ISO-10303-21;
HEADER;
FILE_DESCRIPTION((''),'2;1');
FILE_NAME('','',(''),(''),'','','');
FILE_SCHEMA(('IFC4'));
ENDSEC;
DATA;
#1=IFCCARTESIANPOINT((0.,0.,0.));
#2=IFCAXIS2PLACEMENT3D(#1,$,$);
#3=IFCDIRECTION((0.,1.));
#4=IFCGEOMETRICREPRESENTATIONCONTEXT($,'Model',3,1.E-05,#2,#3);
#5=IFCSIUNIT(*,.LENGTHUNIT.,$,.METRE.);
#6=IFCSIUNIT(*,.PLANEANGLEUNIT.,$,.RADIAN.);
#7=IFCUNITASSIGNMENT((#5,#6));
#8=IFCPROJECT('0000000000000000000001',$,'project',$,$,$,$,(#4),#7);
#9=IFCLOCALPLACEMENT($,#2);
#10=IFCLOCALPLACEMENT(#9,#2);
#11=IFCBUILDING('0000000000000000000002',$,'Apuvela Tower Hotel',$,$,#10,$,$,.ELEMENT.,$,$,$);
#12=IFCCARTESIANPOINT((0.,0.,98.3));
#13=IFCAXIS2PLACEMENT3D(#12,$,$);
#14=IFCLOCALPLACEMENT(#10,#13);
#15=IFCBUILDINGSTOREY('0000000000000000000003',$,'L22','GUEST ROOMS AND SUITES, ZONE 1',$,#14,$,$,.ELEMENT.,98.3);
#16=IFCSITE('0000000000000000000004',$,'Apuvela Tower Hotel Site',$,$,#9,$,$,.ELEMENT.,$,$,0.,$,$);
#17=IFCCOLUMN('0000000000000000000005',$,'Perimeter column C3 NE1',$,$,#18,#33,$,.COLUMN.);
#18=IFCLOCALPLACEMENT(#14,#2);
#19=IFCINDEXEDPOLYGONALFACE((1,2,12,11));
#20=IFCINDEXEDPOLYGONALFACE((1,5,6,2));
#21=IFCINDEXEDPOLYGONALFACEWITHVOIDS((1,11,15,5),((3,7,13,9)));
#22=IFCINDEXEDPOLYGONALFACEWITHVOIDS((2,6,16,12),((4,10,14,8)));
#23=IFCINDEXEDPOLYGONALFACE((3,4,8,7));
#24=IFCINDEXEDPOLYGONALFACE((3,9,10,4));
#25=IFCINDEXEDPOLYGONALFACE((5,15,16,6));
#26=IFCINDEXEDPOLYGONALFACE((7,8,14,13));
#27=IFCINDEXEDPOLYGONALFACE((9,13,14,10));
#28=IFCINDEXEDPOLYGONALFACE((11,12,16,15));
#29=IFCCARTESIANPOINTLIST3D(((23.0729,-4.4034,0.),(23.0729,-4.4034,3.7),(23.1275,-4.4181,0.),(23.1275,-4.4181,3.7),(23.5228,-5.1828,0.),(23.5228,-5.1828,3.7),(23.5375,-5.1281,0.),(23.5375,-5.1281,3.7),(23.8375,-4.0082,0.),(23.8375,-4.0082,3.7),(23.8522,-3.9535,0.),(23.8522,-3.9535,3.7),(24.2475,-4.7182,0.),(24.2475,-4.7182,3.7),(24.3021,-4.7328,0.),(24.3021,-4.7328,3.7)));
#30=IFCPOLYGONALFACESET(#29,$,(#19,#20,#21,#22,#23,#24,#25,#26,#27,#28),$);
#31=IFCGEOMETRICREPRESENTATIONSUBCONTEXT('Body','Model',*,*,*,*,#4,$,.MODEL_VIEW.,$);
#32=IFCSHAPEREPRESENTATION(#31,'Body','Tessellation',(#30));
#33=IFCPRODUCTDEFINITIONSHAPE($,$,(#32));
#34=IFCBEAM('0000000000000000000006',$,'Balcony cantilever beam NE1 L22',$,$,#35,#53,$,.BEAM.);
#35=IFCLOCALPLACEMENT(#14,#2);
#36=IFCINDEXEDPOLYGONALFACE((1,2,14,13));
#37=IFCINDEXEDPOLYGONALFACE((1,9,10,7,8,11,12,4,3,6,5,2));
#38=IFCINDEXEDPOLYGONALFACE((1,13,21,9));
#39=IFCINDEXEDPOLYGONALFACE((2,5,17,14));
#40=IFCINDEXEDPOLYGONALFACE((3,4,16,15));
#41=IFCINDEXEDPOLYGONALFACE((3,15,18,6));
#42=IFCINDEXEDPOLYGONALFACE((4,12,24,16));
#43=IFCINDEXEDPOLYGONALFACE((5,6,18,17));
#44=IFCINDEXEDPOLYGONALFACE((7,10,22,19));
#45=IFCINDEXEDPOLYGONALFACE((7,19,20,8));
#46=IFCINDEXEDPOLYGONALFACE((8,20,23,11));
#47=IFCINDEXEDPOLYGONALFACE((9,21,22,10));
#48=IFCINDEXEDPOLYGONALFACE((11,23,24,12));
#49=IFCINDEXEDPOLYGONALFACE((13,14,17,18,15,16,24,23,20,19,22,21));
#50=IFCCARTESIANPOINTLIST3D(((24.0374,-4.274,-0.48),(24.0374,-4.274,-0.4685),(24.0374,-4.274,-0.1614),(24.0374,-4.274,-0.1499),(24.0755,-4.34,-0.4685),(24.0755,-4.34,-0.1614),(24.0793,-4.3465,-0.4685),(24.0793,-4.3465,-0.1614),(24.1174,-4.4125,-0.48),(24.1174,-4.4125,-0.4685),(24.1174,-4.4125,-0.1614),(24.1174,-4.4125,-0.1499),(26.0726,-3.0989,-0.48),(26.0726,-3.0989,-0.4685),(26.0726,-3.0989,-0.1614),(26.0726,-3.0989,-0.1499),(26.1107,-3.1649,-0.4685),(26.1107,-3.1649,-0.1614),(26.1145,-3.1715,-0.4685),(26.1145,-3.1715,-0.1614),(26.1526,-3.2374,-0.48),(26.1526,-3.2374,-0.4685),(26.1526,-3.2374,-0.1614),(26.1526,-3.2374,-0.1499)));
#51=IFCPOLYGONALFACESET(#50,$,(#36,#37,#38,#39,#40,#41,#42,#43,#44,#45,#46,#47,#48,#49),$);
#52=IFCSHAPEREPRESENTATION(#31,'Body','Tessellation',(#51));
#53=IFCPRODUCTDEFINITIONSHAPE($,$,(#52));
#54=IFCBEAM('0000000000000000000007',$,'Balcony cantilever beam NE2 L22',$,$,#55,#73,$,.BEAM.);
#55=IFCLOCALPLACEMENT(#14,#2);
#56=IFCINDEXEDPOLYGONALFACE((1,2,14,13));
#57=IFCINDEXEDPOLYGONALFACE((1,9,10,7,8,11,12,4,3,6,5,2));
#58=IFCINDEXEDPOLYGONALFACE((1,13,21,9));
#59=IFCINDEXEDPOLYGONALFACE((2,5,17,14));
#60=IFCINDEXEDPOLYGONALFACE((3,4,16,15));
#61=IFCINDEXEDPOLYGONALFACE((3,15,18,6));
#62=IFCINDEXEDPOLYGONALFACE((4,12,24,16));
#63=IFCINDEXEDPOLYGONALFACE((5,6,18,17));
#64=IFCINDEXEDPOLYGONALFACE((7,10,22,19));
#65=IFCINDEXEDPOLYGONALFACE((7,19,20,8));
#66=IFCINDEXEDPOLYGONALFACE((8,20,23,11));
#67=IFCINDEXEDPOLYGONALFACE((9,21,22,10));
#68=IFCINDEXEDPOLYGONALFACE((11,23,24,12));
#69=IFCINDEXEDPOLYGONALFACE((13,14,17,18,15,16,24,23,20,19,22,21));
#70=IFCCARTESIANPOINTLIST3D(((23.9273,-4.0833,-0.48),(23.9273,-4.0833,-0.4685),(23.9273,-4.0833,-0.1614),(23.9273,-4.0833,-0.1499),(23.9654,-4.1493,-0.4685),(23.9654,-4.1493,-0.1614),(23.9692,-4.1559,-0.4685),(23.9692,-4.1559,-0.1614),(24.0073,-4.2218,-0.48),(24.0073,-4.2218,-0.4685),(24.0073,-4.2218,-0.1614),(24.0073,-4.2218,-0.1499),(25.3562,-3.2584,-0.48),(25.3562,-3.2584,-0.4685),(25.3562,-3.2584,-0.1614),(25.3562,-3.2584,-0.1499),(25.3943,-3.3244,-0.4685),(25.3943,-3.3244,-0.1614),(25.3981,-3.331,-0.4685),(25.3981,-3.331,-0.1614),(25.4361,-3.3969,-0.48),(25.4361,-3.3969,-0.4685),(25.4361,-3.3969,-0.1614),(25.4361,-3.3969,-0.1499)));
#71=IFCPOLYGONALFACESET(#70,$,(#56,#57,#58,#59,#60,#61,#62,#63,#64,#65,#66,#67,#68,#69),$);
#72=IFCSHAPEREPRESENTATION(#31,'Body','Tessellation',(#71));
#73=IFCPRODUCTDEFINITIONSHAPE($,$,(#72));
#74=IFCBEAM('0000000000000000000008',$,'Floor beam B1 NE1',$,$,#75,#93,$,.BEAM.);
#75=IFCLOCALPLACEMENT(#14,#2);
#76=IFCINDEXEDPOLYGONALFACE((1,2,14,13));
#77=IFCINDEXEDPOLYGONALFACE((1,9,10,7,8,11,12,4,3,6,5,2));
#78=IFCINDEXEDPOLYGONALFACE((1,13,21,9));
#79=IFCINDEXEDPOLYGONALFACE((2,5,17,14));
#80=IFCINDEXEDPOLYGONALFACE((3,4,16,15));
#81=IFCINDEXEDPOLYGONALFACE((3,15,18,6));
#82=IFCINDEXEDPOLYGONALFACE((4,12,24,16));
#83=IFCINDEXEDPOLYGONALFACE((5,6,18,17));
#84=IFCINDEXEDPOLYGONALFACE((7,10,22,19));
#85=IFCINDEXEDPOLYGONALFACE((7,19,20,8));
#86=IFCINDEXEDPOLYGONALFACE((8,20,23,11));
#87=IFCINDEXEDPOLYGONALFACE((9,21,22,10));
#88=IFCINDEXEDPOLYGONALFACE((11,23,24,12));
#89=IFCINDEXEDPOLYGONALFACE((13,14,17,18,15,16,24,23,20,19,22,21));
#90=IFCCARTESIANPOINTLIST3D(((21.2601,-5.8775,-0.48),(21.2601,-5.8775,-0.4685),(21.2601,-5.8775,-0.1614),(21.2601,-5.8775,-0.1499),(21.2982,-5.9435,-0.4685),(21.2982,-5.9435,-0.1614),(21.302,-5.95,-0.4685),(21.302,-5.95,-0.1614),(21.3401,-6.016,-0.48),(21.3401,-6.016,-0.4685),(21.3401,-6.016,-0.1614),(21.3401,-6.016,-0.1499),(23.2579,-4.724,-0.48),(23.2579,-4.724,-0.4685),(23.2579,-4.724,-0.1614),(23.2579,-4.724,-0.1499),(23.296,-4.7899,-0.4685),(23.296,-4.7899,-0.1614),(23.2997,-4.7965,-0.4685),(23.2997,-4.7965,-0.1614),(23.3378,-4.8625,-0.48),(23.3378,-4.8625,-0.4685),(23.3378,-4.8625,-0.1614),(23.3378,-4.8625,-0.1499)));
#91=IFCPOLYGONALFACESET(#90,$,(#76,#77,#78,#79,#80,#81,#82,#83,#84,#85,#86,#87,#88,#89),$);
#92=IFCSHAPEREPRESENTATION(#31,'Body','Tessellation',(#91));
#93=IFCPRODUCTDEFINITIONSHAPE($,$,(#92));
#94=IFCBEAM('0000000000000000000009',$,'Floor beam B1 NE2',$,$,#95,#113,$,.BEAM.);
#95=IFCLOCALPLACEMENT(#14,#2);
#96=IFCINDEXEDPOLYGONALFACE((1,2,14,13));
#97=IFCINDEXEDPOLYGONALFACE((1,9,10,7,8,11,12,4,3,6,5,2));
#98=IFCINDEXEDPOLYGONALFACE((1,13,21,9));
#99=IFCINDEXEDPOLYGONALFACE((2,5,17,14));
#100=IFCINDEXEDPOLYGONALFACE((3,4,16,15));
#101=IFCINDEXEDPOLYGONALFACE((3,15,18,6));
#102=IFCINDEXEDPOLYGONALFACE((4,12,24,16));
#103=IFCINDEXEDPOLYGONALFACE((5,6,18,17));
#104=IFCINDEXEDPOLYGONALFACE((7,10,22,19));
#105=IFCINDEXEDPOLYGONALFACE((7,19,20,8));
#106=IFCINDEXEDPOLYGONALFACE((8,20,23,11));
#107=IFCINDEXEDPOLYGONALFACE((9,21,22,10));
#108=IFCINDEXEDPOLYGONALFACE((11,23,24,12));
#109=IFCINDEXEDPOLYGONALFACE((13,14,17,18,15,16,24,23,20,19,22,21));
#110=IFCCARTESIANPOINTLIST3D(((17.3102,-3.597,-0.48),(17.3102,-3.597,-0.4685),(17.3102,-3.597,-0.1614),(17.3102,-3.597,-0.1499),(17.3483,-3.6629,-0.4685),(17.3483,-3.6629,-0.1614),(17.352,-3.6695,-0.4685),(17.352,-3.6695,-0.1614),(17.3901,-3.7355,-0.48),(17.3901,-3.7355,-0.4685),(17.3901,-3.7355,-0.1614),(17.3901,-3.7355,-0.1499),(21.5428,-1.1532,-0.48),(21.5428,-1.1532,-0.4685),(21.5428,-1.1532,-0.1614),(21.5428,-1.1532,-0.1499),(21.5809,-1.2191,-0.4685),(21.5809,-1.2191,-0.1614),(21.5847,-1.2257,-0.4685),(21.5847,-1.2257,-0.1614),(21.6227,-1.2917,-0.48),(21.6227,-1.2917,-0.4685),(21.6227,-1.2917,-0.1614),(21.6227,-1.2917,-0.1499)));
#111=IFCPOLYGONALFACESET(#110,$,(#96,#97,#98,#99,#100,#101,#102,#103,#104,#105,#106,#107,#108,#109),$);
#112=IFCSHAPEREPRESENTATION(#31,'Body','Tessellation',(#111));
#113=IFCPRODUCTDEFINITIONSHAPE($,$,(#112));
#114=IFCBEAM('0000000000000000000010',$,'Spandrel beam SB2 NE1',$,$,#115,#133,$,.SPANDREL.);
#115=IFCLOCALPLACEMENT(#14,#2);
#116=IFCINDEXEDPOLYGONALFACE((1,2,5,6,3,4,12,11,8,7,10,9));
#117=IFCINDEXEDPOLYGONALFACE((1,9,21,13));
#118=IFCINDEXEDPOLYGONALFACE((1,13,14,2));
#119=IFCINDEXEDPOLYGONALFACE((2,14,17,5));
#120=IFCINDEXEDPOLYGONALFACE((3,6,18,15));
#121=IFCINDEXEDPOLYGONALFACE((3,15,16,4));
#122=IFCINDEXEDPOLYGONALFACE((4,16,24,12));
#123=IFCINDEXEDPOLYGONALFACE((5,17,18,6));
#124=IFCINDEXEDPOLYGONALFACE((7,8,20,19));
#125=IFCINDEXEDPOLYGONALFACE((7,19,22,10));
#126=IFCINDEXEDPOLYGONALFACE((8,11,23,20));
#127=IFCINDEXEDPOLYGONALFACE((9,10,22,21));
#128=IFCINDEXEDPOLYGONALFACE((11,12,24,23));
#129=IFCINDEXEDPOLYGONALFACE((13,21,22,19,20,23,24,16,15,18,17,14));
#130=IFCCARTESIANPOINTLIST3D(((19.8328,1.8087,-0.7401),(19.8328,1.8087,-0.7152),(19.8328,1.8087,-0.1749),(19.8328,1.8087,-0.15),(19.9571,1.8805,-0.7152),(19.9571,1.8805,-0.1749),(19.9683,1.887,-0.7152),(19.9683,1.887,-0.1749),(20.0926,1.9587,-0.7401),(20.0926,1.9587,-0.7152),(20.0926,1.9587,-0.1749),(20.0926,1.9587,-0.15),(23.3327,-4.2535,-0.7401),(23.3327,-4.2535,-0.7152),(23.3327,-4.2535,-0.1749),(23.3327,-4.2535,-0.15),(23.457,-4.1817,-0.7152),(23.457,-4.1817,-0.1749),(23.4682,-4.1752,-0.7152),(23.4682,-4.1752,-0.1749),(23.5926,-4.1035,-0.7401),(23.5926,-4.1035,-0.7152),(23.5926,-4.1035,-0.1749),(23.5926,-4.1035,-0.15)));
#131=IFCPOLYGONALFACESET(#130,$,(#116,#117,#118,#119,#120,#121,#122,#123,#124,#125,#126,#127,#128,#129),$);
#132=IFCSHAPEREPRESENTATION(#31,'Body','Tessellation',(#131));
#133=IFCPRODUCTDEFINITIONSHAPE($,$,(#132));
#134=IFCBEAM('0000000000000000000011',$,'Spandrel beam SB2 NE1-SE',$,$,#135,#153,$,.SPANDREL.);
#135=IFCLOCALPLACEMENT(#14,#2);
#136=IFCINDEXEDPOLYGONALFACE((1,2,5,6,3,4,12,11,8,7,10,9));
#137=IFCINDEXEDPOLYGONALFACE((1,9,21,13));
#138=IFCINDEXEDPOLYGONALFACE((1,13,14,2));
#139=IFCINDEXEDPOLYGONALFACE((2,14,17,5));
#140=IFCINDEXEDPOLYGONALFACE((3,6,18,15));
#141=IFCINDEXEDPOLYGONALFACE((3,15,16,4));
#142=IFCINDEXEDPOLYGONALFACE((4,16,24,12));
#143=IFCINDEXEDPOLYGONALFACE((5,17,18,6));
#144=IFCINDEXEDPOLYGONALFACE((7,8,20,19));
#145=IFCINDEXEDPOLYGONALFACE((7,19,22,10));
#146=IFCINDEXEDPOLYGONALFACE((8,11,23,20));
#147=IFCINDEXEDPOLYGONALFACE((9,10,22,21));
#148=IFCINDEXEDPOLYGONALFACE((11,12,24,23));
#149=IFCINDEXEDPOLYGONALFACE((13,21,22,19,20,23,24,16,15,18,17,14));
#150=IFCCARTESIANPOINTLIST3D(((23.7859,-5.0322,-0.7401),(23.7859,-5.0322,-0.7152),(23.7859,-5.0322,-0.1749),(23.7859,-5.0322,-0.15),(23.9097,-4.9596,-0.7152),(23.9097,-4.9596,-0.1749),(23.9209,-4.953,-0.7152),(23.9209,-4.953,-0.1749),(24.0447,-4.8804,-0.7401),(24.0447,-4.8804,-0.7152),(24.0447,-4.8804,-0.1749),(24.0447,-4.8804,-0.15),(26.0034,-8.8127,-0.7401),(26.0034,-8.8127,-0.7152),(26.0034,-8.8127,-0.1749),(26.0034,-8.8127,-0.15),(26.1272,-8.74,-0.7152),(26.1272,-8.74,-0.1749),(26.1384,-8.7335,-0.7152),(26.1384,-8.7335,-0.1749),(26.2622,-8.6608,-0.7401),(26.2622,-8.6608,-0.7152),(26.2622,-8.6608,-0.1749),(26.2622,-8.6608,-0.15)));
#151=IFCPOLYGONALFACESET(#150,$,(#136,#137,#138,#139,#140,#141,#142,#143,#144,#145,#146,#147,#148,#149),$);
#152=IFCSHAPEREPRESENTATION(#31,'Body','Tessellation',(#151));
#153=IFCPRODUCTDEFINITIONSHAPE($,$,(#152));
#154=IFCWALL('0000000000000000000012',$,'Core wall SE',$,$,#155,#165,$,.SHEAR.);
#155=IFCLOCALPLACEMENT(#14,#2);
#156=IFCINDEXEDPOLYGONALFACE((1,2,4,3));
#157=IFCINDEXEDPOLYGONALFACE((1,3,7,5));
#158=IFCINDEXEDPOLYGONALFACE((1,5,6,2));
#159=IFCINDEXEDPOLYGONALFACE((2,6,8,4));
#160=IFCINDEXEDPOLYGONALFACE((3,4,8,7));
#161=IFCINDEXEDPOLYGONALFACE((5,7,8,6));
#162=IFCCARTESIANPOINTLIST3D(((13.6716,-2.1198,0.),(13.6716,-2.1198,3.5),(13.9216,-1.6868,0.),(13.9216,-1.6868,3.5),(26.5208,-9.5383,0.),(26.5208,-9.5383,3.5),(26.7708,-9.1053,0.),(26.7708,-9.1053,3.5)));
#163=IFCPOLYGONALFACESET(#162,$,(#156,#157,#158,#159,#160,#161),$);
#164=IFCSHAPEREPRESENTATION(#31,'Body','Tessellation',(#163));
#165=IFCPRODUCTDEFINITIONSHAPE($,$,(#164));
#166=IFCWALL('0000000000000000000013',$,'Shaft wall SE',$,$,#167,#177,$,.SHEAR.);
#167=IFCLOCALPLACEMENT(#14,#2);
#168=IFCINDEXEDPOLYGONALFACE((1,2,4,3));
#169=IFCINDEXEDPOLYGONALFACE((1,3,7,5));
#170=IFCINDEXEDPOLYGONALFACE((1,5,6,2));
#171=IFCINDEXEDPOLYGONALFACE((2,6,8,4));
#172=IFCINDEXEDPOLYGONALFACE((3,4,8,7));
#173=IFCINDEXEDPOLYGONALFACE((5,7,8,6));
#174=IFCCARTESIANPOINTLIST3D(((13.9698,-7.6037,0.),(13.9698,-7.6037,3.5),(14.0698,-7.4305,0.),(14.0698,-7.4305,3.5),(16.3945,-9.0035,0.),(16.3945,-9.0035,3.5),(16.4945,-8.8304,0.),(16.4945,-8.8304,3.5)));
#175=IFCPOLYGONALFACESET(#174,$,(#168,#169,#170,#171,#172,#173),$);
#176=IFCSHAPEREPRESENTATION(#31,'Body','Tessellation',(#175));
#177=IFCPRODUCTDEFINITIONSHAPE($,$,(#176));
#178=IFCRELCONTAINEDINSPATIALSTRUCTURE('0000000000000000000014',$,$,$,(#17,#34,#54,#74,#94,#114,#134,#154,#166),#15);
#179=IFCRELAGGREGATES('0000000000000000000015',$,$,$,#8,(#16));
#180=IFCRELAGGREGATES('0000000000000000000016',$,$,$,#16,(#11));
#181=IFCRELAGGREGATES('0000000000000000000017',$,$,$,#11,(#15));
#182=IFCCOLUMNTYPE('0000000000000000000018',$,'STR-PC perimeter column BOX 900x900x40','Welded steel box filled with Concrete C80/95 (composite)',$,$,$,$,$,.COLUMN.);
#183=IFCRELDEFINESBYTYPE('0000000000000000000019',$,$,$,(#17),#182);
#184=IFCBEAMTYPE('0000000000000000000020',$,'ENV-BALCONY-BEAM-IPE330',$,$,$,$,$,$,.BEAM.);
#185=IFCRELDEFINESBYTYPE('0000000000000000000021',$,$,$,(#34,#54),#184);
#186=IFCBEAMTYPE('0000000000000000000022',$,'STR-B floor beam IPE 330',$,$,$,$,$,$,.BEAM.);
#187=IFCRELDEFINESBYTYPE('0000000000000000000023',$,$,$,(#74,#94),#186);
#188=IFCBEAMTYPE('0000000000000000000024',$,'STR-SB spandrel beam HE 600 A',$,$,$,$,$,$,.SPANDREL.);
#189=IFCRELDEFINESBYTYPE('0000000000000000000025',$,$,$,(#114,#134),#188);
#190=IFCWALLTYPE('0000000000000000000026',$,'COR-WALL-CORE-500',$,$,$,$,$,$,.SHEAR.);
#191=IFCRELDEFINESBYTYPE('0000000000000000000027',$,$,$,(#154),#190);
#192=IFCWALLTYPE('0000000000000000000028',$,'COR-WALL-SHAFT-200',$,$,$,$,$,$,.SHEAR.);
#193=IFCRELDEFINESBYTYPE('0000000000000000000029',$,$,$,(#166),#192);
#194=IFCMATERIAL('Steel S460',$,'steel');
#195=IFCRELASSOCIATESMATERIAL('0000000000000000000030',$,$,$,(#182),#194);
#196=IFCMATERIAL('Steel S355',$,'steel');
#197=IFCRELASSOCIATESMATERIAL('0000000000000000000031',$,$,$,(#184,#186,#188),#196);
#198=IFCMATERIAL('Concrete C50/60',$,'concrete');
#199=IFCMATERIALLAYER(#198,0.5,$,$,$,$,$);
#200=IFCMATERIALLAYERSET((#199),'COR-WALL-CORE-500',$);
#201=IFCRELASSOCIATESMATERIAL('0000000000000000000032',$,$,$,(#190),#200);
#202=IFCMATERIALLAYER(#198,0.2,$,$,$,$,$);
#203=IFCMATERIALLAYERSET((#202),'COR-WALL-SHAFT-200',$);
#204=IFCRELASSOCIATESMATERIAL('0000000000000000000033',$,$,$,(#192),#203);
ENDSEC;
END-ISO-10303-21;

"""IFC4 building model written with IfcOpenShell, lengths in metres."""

from ifc_helpers import new_model, si_unit, direction, frame, frame_2d, origin, origin_2d, place, context, subcontext, project, spatial, rectangle, hollow_rectangle, i_section, extrude, material, layer, layer_set, material_profile, profile_set, type_object, element, save


model = new_model("IFC4")

# Units and contexts
model_context = context("Model", 3, precision=1e-05, world=origin(), true_north=direction((0.0, 1.0)))
body_context = subcontext(model_context, "Body", "Model", "MODEL_VIEW")
ifc_project = project(units=[si_unit("LENGTHUNIT", "METRE"), si_unit("PLANEANGLEUNIT", "RADIAN")], contexts=[model_context])

# Site, building, storey
site_placement = place(None, origin())
site = spatial("IfcSite", under=ifc_project, at=site_placement, Name="Apuvela Tower Hotel Site", CompositionType="ELEMENT", RefElevation=0.0)
building_placement = place(site_placement, origin())
building = spatial("IfcBuilding", under=site, at=building_placement, Name="Apuvela Tower Hotel", CompositionType="ELEMENT")
storey_placement = place(building_placement, frame((0.0, 0.0, 98.3)))
storey = spatial("IfcBuildingStorey", under=building, at=storey_placement, Name="L22", Description="GUEST ROOMS AND SUITES, ZONE 1", CompositionType="ELEMENT", Elevation=98.3)

# Column
ifc_material_1 = material(Name="Steel S460", Category="steel")
ifc_material_profile_1 = material_profile(ifc_material_1, hollow_rectangle(XDim=0.8999, YDim=0.8999, WallThickness=0.04, at=origin_2d()), Name="BOX 900x900x40")
ifc_material_2 = material(Name="Concrete C80/95", Category="concrete")
ifc_material_profile_2 = material_profile(ifc_material_2, rectangle(XDim=0.8201, YDim=0.8201, at=origin_2d()), Name="Concrete C80/95 infill")
ifc_profile_set_1 = profile_set([ifc_material_profile_1, ifc_material_profile_2], Name="Steel S460")
column_type = type_object("IfcColumnType", Name="STR-PC perimeter column BOX 900x900x40", Description="Welded steel box filled with Concrete C80/95 (composite)", PredefinedType="COLUMN", material=ifc_profile_set_1)
column_placement = place(storey_placement, frame((23.6875, -4.5681, 0.0), z_axis=(0.0, 0.0, 1.0), x_axis=(-0.5, 0.866025, 0.0)))
element("IfcColumn", 1, at=column_placement, inside=storey, type_object=column_type, Name="Perimeter column C3 NE1", PredefinedType="COLUMN", context=body_context, shape_type="SweptSolid", body=[
    extrude(hollow_rectangle(XDim=0.8999, YDim=0.8999, WallThickness=0.04, at=origin_2d()), origin(), (0.0, 0.0, 1.0), 3.7),
])

# Beams
ifc_material_3 = material(Name="Steel S355", Category="steel")
ifc_material_profile_3 = material_profile(ifc_material_3, i_section(OverallWidth=0.1599, OverallDepth=0.3301, WebThickness=0.0076, FlangeThickness=0.0115, at=origin_2d()), Name="IPE 330")
ifc_profile_set_2 = profile_set([ifc_material_profile_3], Name="Steel S355")
beam_type_1 = type_object("IfcBeamType", Name="ENV-BALCONY-BEAM-IPE330", PredefinedType="BEAM", material=ifc_profile_set_2)
beam_1_placement = place(storey_placement, frame((24.0774, -4.3433, -0.3149), z_axis=(0.866016, 0.500016, 0.0), x_axis=(-0.500016, 0.866016, 0.0)))
element("IfcBeam", 2, at=beam_1_placement, inside=storey, type_object=beam_type_1, Name="Balcony cantilever beam NE1 L22", PredefinedType="BEAM", context=body_context, shape_type="SweptSolid", body=[
    extrude(i_section(OverallWidth=0.1599, OverallDepth=0.3301, WebThickness=0.0076, FlangeThickness=0.0115, at=origin_2d()), origin(), (0.0, 0.0, 1.0), 2.3501),
])
beam_2_placement = place(storey_placement, frame((23.9673, -4.1526, -0.3149), z_axis=(0.86604, 0.499974, 0.0), x_axis=(-0.499974, 0.86604, 0.0)))
element("IfcBeam", 3, at=beam_2_placement, inside=storey, type_object=beam_type_1, Name="Balcony cantilever beam NE2 L22", PredefinedType="BEAM", context=body_context, shape_type="SweptSolid", body=[
    extrude(i_section(OverallWidth=0.1599, OverallDepth=0.3301, WebThickness=0.0076, FlangeThickness=0.0115, at=origin_2d()), origin(), (0.0, 0.0, 1.0), 1.6499),
])
ifc_material_profile_4 = material_profile(ifc_material_3, i_section(OverallWidth=0.1599, OverallDepth=0.3301, WebThickness=0.0076, FlangeThickness=0.0115, at=origin_2d()), Name="IPE 330")
ifc_profile_set_3 = profile_set([ifc_material_profile_4], Name="Steel S355")
beam_type_2 = type_object("IfcBeamType", Name="STR-B floor beam IPE 330", PredefinedType="BEAM", material=ifc_profile_set_3)
beam_3_placement = place(storey_placement, frame((23.2979, -4.7932, -0.3149), z_axis=(-0.866001, -0.500043, 0.0), x_axis=(0.500043, -0.866001, 0.0)))
element("IfcBeam", 4, at=beam_3_placement, inside=storey, type_object=beam_type_2, Name="Floor beam B1 NE1", PredefinedType="BEAM", context=body_context, shape_type="SweptSolid", body=[
    extrude(i_section(OverallWidth=0.1599, OverallDepth=0.3301, WebThickness=0.0076, FlangeThickness=0.0115, at=origin_2d()), origin(), (0.0, 0.0, 1.0), 2.3069),
])
beam_4_placement = place(storey_placement, frame((21.5828, -1.2224, -0.3149), z_axis=(-0.866015, -0.500018, 0.0), x_axis=(0.500018, -0.866015, 0.0)))
element("IfcBeam", 5, at=beam_4_placement, inside=storey, type_object=beam_type_2, Name="Floor beam B1 NE2", PredefinedType="BEAM", context=body_context, shape_type="SweptSolid", body=[
    extrude(i_section(OverallWidth=0.1599, OverallDepth=0.3301, WebThickness=0.0076, FlangeThickness=0.0115, at=origin_2d()), origin(), (0.0, 0.0, 1.0), 4.8875),
])
ifc_material_profile_5 = material_profile(ifc_material_3, i_section(OverallWidth=0.3, OverallDepth=0.5901, WebThickness=0.0129, FlangeThickness=0.0249, at=origin_2d()), Name="HE 600 A")
ifc_profile_set_4 = profile_set([ifc_material_profile_5], Name="Steel S355")
beam_type_3 = type_object("IfcBeamType", Name="STR-SB spandrel beam HE 600 A", PredefinedType="SPANDREL", material=ifc_profile_set_4)
beam_5_placement = place(storey_placement, frame((23.4626, -4.1785, -0.4451), z_axis=(-0.499995, 0.866028, 0.0), x_axis=(-0.866028, -0.499995, 0.0)))
element("IfcBeam", 6, at=beam_5_placement, inside=storey, type_object=beam_type_3, Name="Spandrel beam SB2 NE1", PredefinedType="SPANDREL", context=body_context, shape_type="SweptSolid", body=[
    extrude(i_section(OverallWidth=0.3, OverallDepth=0.5901, WebThickness=0.0129, FlangeThickness=0.0249, at=origin_2d()), origin(), (0.0, 0.0, 1.0), 7.0),
])
beam_6_placement = place(storey_placement, frame((23.9153, -4.9563, -0.4451), z_axis=(0.505951, -0.862562, 0.0), x_axis=(0.862562, 0.505951, 0.0)))
element("IfcBeam", 7, at=beam_6_placement, inside=storey, type_object=beam_type_3, Name="Spandrel beam SB2 NE1-SE", PredefinedType="SPANDREL", context=body_context, shape_type="SweptSolid", body=[
    extrude(i_section(OverallWidth=0.3, OverallDepth=0.5901, WebThickness=0.0129, FlangeThickness=0.0249, at=origin_2d()), origin(), (0.0, 0.0, 1.0), 4.3828),
])

# Walls
ifc_material_4 = material(Name="Concrete C50/60", Category="concrete")
ifc_layer_1 = layer(ifc_material_4, 0.5)
ifc_layer_set_1 = layer_set([ifc_layer_1], Name="COR-WALL-CORE-500")
wall_type_1 = type_object("IfcWallType", Name="COR-WALL-CORE-500", PredefinedType="SHEAR", material=ifc_layer_set_1)
wall_1_placement = place(storey_placement, frame((13.7966, -1.9033, 0.0), z_axis=(0.0, 0.0, 1.0), x_axis=(0.866025, -0.500001, 0.0)))
element("IfcWall", 8, at=wall_1_placement, inside=storey, type_object=wall_type_1, Name="Core wall SE", PredefinedType="SHEAR", context=body_context, shape_type="SweptSolid", body=[
    extrude(rectangle(XDim=14.8369, YDim=0.5, at=frame_2d((7.4185, 0.0))), origin(), (0.0, 0.0, 1.0), 3.5),
])
ifc_layer_2 = layer(ifc_material_4, 0.2)
ifc_layer_set_2 = layer_set([ifc_layer_2], Name="COR-WALL-SHAFT-200")
wall_type_2 = type_object("IfcWallType", Name="COR-WALL-SHAFT-200", PredefinedType="SHEAR", material=ifc_layer_set_2)
wall_2_placement = place(storey_placement, frame((14.0198, -7.5171, 0.0), z_axis=(0.0, 0.0, 1.0), x_axis=(0.866035, -0.499984, 0.0)))
element("IfcWall", 9, at=wall_2_placement, inside=storey, type_object=wall_type_2, Name="Shaft wall SE", PredefinedType="SHEAR", context=body_context, shape_type="SweptSolid", body=[
    extrude(rectangle(XDim=2.7998, YDim=0.2, at=frame_2d((1.3999, 0.0))), origin(), (0.0, 0.0, 1.0), 3.5),
])

save(model, "model.ifc")
